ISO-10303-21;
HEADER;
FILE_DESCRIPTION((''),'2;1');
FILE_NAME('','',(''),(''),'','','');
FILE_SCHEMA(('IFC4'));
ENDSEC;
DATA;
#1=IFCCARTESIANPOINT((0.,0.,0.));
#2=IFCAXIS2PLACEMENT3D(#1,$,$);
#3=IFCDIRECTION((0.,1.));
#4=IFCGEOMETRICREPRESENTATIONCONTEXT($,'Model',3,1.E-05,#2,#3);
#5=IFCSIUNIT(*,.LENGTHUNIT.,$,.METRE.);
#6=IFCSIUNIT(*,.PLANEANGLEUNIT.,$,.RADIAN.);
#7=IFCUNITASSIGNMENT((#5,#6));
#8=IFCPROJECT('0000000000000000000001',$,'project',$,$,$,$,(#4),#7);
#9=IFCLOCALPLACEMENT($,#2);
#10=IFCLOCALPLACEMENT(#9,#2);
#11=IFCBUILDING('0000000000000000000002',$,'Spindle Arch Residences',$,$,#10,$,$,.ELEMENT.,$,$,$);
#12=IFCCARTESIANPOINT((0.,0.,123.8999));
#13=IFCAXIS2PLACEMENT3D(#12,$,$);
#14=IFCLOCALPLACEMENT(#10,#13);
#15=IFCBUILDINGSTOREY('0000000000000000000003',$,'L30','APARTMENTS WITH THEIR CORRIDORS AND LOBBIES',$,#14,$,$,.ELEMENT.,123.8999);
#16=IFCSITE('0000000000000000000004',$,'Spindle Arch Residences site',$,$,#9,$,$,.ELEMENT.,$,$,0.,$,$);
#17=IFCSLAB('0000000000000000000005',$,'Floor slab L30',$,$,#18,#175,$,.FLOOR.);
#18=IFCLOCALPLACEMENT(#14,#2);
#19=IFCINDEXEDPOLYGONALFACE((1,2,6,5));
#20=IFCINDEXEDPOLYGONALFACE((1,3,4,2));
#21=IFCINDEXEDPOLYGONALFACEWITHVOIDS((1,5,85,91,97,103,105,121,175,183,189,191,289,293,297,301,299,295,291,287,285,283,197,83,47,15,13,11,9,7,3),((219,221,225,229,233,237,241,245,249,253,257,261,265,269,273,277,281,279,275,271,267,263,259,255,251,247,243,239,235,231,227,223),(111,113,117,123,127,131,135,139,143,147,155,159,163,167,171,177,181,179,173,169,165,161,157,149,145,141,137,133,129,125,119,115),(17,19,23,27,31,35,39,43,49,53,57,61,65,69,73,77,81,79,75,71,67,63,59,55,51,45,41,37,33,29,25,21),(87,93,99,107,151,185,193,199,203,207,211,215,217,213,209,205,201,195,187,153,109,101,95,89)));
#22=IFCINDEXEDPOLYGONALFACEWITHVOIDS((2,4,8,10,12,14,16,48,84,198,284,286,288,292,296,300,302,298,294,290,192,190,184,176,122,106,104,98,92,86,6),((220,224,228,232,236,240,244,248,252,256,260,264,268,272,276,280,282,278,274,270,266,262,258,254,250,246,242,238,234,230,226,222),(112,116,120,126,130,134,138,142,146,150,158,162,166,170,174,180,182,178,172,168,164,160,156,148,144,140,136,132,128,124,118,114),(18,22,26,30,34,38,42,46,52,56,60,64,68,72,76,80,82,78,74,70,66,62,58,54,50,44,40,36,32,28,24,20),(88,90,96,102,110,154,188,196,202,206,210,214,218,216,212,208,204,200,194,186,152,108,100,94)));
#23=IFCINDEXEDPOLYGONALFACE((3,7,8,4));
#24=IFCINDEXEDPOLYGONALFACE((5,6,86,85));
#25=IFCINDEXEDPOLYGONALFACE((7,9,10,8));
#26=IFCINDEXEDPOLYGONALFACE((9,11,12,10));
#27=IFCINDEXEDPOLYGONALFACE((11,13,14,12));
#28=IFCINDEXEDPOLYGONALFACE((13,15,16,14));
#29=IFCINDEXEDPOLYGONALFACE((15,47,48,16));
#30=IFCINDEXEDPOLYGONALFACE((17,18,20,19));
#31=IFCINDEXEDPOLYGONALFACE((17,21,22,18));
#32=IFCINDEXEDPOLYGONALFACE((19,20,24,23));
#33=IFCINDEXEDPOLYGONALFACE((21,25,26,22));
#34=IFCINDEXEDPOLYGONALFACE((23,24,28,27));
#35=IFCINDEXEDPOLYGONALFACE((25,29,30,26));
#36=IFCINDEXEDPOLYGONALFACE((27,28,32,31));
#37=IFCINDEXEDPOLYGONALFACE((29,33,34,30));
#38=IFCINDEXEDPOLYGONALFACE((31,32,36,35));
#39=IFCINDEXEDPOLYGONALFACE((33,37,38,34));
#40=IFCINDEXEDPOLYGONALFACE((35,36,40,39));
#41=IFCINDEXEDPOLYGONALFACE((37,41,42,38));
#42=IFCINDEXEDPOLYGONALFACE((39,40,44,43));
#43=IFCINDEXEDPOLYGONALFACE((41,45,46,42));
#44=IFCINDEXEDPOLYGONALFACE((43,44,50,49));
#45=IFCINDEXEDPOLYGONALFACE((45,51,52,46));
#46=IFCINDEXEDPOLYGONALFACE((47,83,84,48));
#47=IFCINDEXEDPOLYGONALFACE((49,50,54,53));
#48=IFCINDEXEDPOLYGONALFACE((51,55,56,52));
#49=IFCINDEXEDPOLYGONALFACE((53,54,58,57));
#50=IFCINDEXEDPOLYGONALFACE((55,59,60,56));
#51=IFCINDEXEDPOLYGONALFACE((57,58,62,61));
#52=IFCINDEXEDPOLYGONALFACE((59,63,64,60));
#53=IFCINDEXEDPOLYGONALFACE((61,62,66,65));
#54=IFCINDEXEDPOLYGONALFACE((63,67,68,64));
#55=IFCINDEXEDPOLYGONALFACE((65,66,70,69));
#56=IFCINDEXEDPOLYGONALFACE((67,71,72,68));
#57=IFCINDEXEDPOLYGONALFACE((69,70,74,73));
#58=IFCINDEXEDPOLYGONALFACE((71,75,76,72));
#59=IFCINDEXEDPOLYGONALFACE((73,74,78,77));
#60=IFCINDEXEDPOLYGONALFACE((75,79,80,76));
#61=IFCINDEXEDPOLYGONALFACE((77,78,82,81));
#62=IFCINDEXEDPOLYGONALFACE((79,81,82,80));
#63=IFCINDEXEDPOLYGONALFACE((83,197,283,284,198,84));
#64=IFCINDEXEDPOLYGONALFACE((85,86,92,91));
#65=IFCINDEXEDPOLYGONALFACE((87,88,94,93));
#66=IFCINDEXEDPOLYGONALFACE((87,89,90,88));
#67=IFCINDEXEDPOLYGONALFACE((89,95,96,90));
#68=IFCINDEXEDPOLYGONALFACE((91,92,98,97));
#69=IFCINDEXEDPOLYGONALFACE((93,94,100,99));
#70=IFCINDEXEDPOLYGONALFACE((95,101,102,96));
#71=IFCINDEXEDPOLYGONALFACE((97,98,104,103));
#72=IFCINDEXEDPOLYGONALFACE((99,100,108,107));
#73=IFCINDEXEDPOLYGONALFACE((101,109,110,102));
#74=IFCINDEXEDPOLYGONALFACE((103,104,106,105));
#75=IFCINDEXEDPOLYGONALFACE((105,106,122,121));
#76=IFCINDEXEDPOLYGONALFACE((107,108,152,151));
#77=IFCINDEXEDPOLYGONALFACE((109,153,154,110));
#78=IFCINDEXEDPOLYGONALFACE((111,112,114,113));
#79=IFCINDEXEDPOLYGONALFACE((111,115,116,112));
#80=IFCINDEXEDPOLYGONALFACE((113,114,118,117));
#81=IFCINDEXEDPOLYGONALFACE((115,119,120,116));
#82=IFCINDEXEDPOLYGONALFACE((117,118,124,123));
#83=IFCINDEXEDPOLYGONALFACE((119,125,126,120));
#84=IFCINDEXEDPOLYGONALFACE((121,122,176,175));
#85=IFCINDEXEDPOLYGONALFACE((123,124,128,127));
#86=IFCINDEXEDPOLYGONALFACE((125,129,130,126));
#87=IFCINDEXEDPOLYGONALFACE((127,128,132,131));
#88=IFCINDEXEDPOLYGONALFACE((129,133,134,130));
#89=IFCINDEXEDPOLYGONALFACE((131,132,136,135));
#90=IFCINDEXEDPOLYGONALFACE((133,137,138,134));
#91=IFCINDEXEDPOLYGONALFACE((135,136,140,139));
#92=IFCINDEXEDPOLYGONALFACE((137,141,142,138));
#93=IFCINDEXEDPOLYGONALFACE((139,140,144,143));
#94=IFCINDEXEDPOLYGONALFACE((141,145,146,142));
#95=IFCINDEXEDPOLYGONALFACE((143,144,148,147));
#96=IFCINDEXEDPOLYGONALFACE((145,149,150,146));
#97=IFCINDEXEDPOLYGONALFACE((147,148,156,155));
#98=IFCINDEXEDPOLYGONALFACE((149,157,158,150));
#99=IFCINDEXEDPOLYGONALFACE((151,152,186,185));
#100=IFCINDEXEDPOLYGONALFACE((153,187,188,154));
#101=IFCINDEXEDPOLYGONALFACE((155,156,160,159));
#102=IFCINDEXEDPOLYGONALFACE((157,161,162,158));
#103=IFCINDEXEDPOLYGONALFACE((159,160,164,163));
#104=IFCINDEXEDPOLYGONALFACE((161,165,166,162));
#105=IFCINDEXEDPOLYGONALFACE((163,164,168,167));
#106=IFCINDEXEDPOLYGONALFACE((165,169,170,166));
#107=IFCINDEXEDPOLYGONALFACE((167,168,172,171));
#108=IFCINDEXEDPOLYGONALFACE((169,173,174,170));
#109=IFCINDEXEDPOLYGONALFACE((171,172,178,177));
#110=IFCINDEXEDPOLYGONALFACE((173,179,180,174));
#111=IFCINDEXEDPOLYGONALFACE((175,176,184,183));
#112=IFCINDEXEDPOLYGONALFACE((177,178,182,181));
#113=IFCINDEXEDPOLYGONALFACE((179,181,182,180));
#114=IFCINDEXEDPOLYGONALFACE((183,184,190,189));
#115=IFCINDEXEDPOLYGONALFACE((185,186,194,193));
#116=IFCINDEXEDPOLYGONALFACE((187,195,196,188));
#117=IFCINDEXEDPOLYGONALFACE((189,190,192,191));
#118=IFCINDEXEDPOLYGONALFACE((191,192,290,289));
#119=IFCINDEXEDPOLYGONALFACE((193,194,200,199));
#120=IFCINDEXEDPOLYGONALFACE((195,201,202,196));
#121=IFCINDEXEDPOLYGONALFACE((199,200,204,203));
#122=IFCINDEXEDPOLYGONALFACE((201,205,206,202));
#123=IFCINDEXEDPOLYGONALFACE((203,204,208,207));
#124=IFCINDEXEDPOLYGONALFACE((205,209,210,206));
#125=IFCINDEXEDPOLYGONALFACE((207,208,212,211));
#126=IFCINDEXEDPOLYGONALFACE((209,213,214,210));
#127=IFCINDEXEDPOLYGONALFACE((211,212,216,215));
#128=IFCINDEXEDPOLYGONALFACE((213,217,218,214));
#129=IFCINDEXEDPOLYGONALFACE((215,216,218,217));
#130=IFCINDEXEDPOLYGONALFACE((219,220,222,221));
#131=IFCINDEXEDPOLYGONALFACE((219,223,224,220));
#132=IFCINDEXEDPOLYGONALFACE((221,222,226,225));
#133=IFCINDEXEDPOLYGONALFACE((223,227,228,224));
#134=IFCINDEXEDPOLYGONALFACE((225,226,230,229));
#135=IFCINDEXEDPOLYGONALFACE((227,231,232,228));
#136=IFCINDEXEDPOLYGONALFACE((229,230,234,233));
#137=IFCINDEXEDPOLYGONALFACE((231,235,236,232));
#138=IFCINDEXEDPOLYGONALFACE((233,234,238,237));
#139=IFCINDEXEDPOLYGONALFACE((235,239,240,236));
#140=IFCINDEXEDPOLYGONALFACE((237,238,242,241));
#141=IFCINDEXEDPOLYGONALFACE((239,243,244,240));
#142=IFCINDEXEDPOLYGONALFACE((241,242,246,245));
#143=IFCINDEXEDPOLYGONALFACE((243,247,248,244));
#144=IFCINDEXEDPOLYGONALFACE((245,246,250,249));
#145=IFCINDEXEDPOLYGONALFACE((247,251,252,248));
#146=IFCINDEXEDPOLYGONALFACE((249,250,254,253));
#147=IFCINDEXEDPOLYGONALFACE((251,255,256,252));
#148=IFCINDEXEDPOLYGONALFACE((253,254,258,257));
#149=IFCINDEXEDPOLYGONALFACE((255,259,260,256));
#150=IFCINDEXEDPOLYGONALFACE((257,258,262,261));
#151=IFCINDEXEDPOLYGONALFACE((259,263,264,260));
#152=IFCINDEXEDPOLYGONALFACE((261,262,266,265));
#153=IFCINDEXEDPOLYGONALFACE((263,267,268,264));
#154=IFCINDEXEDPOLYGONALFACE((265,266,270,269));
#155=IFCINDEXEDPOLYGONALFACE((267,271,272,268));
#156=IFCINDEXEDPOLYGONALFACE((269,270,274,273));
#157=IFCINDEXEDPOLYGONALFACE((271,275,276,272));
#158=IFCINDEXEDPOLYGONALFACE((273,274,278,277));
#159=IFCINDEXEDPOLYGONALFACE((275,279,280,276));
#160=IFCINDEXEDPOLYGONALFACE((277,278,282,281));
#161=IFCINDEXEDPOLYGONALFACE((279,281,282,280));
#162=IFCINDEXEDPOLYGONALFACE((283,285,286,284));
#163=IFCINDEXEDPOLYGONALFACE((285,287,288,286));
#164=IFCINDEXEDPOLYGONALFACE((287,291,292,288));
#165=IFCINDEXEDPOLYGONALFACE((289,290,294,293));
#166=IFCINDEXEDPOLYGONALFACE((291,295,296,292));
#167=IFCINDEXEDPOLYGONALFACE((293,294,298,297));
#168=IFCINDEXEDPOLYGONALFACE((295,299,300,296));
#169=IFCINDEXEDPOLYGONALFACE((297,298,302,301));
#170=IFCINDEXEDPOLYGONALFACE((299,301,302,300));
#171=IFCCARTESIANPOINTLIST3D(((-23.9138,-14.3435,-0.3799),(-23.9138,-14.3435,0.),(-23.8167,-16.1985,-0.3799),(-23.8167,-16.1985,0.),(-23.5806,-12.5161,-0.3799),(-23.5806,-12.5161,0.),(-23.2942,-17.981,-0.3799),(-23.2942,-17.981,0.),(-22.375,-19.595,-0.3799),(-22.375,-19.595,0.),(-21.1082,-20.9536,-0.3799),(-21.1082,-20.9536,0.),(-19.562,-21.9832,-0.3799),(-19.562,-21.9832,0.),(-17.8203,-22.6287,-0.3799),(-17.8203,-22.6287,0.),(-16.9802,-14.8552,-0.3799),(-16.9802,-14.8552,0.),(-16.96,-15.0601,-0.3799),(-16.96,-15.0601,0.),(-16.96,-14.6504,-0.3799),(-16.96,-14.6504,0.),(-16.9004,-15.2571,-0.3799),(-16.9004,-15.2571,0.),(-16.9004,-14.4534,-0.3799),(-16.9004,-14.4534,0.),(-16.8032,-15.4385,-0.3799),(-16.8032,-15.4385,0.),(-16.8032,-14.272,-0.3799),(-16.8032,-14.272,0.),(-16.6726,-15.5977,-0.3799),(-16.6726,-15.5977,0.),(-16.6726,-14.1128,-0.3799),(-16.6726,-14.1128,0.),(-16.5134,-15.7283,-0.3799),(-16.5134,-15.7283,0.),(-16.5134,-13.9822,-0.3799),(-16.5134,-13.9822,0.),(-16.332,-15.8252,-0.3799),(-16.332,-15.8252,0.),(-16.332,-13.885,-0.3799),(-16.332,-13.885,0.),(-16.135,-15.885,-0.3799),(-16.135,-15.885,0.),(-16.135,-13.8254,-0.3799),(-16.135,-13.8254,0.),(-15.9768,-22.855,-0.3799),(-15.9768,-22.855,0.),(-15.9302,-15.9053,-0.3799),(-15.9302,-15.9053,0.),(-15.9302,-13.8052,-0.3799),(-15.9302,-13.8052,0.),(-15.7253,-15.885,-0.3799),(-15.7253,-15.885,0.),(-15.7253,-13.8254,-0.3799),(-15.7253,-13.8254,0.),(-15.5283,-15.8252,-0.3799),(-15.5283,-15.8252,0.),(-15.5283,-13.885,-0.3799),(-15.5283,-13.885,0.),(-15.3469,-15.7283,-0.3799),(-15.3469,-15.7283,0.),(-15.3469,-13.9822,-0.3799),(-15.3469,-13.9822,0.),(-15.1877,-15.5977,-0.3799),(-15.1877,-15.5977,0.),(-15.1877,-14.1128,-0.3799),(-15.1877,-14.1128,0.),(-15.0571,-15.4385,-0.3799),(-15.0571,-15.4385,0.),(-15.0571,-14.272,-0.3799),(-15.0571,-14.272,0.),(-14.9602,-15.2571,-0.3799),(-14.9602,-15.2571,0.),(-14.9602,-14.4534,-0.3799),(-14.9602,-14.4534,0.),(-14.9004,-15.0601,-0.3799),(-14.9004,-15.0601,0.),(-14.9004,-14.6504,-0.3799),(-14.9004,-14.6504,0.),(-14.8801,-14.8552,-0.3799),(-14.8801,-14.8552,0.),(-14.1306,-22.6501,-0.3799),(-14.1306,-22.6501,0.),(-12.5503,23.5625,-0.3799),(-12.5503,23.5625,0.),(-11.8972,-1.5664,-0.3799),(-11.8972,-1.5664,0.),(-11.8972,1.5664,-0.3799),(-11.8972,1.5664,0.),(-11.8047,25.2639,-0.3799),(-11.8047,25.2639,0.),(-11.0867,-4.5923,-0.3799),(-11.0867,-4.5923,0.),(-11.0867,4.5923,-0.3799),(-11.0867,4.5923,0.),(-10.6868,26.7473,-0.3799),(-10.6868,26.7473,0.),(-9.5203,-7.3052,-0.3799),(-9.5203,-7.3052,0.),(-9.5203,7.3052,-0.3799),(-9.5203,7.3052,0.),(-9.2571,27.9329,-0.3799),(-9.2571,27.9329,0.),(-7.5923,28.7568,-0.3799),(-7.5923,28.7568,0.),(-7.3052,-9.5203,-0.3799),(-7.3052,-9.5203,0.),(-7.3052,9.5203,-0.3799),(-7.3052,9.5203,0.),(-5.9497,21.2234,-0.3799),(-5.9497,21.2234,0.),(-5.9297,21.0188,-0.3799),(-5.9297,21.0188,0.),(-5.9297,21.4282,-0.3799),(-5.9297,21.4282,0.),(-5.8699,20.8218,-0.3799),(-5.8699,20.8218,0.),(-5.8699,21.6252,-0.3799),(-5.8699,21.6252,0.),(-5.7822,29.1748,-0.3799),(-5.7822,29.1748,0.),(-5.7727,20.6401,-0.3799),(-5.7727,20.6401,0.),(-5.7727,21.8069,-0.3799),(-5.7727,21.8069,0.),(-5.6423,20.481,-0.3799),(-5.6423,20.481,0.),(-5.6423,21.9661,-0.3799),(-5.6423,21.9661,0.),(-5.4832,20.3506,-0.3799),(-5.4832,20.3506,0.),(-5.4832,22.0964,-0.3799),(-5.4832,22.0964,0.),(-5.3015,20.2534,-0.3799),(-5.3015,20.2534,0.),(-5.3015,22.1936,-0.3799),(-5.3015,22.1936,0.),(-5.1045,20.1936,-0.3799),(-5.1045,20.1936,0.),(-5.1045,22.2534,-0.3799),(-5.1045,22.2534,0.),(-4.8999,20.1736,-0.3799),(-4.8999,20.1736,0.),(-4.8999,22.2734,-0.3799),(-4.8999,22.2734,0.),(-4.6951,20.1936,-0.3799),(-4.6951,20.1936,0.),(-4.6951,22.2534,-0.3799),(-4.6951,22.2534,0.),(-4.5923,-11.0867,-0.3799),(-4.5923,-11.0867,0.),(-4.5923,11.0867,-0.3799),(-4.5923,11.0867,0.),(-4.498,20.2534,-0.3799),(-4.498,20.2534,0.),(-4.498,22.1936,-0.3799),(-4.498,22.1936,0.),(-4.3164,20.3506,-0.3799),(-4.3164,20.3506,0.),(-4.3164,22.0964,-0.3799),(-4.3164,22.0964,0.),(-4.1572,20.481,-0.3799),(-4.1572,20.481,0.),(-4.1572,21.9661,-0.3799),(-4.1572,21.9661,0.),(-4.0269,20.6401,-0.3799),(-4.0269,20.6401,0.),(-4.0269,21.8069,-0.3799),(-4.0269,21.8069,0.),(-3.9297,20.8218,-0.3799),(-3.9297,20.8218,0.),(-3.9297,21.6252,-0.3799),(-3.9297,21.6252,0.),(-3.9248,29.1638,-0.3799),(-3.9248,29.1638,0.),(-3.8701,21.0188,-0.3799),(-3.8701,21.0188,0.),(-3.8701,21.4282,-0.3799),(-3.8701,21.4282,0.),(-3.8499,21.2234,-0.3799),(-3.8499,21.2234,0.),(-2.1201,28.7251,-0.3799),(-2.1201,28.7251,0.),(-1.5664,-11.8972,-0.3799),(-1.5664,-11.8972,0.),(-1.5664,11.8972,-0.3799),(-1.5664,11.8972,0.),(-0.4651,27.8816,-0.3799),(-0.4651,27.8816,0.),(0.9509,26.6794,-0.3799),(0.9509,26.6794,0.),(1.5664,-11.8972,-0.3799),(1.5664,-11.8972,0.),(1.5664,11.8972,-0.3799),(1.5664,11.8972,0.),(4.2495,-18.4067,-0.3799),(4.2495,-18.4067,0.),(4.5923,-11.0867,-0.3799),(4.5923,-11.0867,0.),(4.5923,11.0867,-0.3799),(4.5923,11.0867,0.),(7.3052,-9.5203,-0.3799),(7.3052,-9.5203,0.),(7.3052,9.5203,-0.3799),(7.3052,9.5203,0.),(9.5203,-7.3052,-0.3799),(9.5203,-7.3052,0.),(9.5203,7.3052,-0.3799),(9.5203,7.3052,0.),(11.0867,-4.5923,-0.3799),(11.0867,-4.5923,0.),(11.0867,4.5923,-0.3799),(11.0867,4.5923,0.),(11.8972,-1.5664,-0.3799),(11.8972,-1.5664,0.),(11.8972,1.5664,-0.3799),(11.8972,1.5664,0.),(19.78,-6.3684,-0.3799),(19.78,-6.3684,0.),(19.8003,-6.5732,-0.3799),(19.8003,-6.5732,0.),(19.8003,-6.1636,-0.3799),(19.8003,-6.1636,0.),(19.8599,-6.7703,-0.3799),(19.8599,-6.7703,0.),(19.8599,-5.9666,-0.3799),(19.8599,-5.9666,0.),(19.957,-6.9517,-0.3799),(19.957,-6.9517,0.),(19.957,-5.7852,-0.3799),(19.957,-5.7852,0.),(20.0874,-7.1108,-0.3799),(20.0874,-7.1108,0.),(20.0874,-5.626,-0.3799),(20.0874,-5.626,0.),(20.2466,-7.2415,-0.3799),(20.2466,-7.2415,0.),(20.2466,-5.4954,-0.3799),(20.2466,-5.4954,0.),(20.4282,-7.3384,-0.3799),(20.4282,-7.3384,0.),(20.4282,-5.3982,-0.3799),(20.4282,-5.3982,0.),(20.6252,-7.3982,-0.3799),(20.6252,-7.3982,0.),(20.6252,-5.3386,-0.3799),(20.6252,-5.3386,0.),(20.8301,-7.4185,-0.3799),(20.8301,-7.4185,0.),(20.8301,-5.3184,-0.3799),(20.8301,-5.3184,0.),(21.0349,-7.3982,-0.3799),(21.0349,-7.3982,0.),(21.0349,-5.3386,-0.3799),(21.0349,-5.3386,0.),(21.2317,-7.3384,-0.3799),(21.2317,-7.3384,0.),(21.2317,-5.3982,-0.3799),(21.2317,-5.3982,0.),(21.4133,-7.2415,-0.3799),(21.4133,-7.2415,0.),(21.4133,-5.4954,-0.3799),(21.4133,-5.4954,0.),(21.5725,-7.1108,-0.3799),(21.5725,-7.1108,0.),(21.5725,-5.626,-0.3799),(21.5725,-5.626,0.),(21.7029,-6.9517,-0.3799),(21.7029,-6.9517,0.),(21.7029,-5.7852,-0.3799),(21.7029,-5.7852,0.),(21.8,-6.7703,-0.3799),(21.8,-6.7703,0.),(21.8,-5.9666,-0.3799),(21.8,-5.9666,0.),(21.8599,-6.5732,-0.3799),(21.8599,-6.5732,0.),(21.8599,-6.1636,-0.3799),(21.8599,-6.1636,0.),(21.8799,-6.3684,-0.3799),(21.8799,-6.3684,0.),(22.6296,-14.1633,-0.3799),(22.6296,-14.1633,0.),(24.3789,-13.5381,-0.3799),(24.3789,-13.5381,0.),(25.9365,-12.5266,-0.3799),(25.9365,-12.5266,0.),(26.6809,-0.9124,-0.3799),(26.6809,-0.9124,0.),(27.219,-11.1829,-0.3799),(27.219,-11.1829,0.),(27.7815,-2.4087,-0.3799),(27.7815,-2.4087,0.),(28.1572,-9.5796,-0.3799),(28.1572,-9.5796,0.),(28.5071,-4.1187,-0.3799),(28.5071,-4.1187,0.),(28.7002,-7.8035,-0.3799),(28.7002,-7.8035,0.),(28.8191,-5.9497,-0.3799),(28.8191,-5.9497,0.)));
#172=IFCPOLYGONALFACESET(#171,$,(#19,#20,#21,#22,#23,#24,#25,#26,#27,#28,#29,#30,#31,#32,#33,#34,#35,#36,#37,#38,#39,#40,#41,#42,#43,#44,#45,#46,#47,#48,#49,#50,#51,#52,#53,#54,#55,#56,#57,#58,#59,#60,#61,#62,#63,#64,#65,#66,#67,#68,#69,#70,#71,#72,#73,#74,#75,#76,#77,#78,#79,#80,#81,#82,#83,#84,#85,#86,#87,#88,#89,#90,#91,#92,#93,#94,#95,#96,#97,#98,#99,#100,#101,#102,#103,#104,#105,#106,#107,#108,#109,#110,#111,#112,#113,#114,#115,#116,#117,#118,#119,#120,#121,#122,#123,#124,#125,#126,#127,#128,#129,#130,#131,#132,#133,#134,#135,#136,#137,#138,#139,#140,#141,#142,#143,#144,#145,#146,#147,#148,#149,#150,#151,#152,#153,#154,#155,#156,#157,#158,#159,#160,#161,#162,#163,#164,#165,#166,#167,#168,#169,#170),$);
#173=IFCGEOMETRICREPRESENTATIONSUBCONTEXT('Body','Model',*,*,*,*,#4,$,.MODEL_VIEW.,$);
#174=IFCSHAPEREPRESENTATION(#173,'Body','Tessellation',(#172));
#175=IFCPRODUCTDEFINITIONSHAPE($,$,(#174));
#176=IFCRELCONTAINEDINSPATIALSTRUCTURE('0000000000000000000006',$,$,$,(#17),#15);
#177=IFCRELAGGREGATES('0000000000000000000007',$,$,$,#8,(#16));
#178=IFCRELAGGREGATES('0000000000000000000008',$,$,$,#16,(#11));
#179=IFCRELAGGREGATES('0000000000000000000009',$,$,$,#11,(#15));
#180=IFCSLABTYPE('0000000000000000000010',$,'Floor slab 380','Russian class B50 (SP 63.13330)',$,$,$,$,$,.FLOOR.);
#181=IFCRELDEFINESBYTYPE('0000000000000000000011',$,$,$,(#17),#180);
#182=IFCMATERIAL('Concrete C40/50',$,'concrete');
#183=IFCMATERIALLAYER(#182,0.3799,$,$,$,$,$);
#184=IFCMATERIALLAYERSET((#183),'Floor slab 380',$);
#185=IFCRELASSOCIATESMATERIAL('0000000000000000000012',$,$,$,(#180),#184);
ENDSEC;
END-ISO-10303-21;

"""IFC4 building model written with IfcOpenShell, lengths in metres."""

from ifc_helpers import new_model, si_unit, direction, frame, origin, place, context, subcontext, project, spatial, polyline, outline, extrude, material, layer, layer_set, type_object, element, save


model = new_model("IFC4")

# Units and contexts
model_context = context("Model", 3, precision=1e-05, world=origin(), true_north=direction((0.0, 1.0)))
body_context = subcontext(model_context, "Body", "Model", "MODEL_VIEW")
ifc_project = project(units=[si_unit("LENGTHUNIT", "METRE"), si_unit("PLANEANGLEUNIT", "RADIAN")], contexts=[model_context])

# Site, building, storey
site_placement = place(None, origin())
site = spatial("IfcSite", under=ifc_project, at=site_placement, Name="Spindle Arch Residences site", CompositionType="ELEMENT", RefElevation=0.0)
building_placement = place(site_placement, origin())
building = spatial("IfcBuilding", under=site, at=building_placement, Name="Spindle Arch Residences", CompositionType="ELEMENT")
storey_placement = place(building_placement, frame((0.0, 0.0, 123.8999)))
storey = spatial("IfcBuildingStorey", under=building, at=storey_placement, Name="L30", Description="APARTMENTS WITH THEIR CORRIDORS AND LOBBIES", CompositionType="ELEMENT", Elevation=123.8999)

# Slab
ifc_material_1 = material(Name="Concrete C40/50", Category="concrete")
ifc_layer_1 = layer(ifc_material_1, 0.3799)
ifc_layer_set_1 = layer_set([ifc_layer_1], Name="Floor slab 380")
slab_type_1 = type_object("IfcSlabType", Name="Floor slab 380", Description="Russian class B50 (SP 63.13330)", PredefinedType="FLOOR", material=ifc_layer_set_1)
slab_1_placement = place(storey_placement, frame((0.0, 0.0, -0.3799)))
element("IfcSlab", 1, at=slab_1_placement, inside=storey, type_object=slab_type_1, Name="Floor slab L30", PredefinedType="FLOOR", context=body_context, shape_type="SweptSolid", body=[
    extrude(outline(polyline([(-15.9768, -22.855), (-17.8203, -22.6287), (-19.562, -21.9832), (-21.1082, -20.9536), (-22.375, -19.595), (-23.2942, -17.981), (-23.8167, -16.1985), (-23.9138, -14.3435), (-23.5806, -12.5161), (-12.5503, 23.5625), (-11.8047, 25.2639), (-10.6868, 26.7473), (-9.2571, 27.9329), (-7.5923, 28.7568), (-5.7822, 29.1748), (-3.9248, 29.1638), (-2.1201, 28.7251), (-0.4651, 27.8816), (0.9509, 26.6794), (26.6809, -0.9124), (27.7815, -2.4087), (28.5071, -4.1187), (28.8191, -5.9497), (28.7002, -7.8035), (28.1572, -9.5796), (27.219, -11.1829), (25.9365, -12.5266), (24.3789, -13.5381), (22.6296, -14.1633), (4.2495, -18.4067), (-14.1306, -22.6501), (-15.9768, -22.855)]), holes=[polyline([(7.3052, -9.5203), (9.5203, -7.3052), (11.0867, -4.5923), (11.8972, -1.5664), (11.8972, 1.5664), (11.0867, 4.5923), (9.5203, 7.3052), (7.3052, 9.5203), (4.5923, 11.0867), (1.5664, 11.8972), (-1.5664, 11.8972), (-4.5923, 11.0867), (-7.3052, 9.5203), (-9.5203, 7.3052), (-11.0867, 4.5923), (-11.8972, 1.5664), (-11.8972, -1.5664), (-11.0867, -4.5923), (-9.5203, -7.3052), (-7.3052, -9.5203), (-4.5923, -11.0867), (-1.5664, -11.8972), (1.5664, -11.8972), (4.5923, -11.0867), (7.3052, -9.5203)]), polyline([(-15.1877, -15.5977), (-15.0571, -15.4385), (-14.9602, -15.2571), (-14.9004, -15.0601), (-14.8801, -14.8552), (-14.9004, -14.6504), (-14.9602, -14.4534), (-15.0571, -14.272), (-15.1877, -14.1128), (-15.3469, -13.9822), (-15.5283, -13.885), (-15.7253, -13.8254), (-15.9302, -13.8052), (-16.135, -13.8254), (-16.332, -13.885), (-16.5134, -13.9822), (-16.6726, -14.1128), (-16.8032, -14.272), (-16.9004, -14.4534), (-16.96, -14.6504), (-16.9802, -14.8552), (-16.96, -15.0601), (-16.9004, -15.2571), (-16.8032, -15.4385), (-16.6726, -15.5977), (-16.5134, -15.7283), (-16.332, -15.8252), (-16.135, -15.885), (-15.9302, -15.9053), (-15.7253, -15.885), (-15.5283, -15.8252), (-15.3469, -15.7283), (-15.1877, -15.5977)]), polyline([(-4.0269, 20.6401), (-3.9297, 20.8218), (-3.8701, 21.0188), (-3.8499, 21.2234), (-3.8701, 21.4282), (-3.9297, 21.6252), (-4.0269, 21.8069), (-4.1572, 21.9661), (-4.3164, 22.0964), (-4.498, 22.1936), (-4.6951, 22.2534), (-4.8999, 22.2734), (-5.1045, 22.2534), (-5.3015, 22.1936), (-5.4832, 22.0964), (-5.6423, 21.9661), (-5.7727, 21.8069), (-5.8699, 21.6252), (-5.9297, 21.4282), (-5.9497, 21.2234), (-5.9297, 21.0188), (-5.8699, 20.8218), (-5.7727, 20.6401), (-5.6423, 20.481), (-5.4832, 20.3506), (-5.3015, 20.2534), (-5.1045, 20.1936), (-4.8999, 20.1736), (-4.6951, 20.1936), (-4.498, 20.2534), (-4.3164, 20.3506), (-4.1572, 20.481), (-4.0269, 20.6401)]), polyline([(21.7029, -6.9517), (21.8, -6.7703), (21.8599, -6.5732), (21.8799, -6.3684), (21.8599, -6.1636), (21.8, -5.9666), (21.7029, -5.7852), (21.5725, -5.626), (21.4133, -5.4954), (21.2317, -5.3982), (21.0349, -5.3386), (20.8301, -5.3184), (20.6252, -5.3386), (20.4282, -5.3982), (20.2466, -5.4954), (20.0874, -5.626), (19.957, -5.7852), (19.8599, -5.9666), (19.8003, -6.1636), (19.78, -6.3684), (19.8003, -6.5732), (19.8599, -6.7703), (19.957, -6.9517), (20.0874, -7.1108), (20.2466, -7.2415), (20.4282, -7.3384), (20.6252, -7.3982), (20.8301, -7.4185), (21.0349, -7.3982), (21.2317, -7.3384), (21.4133, -7.2415), (21.5725, -7.1108), (21.7029, -6.9517)])]), origin(), (0.0, 0.0, 1.0), 0.3799),
])

save(model, "model.ifc")
